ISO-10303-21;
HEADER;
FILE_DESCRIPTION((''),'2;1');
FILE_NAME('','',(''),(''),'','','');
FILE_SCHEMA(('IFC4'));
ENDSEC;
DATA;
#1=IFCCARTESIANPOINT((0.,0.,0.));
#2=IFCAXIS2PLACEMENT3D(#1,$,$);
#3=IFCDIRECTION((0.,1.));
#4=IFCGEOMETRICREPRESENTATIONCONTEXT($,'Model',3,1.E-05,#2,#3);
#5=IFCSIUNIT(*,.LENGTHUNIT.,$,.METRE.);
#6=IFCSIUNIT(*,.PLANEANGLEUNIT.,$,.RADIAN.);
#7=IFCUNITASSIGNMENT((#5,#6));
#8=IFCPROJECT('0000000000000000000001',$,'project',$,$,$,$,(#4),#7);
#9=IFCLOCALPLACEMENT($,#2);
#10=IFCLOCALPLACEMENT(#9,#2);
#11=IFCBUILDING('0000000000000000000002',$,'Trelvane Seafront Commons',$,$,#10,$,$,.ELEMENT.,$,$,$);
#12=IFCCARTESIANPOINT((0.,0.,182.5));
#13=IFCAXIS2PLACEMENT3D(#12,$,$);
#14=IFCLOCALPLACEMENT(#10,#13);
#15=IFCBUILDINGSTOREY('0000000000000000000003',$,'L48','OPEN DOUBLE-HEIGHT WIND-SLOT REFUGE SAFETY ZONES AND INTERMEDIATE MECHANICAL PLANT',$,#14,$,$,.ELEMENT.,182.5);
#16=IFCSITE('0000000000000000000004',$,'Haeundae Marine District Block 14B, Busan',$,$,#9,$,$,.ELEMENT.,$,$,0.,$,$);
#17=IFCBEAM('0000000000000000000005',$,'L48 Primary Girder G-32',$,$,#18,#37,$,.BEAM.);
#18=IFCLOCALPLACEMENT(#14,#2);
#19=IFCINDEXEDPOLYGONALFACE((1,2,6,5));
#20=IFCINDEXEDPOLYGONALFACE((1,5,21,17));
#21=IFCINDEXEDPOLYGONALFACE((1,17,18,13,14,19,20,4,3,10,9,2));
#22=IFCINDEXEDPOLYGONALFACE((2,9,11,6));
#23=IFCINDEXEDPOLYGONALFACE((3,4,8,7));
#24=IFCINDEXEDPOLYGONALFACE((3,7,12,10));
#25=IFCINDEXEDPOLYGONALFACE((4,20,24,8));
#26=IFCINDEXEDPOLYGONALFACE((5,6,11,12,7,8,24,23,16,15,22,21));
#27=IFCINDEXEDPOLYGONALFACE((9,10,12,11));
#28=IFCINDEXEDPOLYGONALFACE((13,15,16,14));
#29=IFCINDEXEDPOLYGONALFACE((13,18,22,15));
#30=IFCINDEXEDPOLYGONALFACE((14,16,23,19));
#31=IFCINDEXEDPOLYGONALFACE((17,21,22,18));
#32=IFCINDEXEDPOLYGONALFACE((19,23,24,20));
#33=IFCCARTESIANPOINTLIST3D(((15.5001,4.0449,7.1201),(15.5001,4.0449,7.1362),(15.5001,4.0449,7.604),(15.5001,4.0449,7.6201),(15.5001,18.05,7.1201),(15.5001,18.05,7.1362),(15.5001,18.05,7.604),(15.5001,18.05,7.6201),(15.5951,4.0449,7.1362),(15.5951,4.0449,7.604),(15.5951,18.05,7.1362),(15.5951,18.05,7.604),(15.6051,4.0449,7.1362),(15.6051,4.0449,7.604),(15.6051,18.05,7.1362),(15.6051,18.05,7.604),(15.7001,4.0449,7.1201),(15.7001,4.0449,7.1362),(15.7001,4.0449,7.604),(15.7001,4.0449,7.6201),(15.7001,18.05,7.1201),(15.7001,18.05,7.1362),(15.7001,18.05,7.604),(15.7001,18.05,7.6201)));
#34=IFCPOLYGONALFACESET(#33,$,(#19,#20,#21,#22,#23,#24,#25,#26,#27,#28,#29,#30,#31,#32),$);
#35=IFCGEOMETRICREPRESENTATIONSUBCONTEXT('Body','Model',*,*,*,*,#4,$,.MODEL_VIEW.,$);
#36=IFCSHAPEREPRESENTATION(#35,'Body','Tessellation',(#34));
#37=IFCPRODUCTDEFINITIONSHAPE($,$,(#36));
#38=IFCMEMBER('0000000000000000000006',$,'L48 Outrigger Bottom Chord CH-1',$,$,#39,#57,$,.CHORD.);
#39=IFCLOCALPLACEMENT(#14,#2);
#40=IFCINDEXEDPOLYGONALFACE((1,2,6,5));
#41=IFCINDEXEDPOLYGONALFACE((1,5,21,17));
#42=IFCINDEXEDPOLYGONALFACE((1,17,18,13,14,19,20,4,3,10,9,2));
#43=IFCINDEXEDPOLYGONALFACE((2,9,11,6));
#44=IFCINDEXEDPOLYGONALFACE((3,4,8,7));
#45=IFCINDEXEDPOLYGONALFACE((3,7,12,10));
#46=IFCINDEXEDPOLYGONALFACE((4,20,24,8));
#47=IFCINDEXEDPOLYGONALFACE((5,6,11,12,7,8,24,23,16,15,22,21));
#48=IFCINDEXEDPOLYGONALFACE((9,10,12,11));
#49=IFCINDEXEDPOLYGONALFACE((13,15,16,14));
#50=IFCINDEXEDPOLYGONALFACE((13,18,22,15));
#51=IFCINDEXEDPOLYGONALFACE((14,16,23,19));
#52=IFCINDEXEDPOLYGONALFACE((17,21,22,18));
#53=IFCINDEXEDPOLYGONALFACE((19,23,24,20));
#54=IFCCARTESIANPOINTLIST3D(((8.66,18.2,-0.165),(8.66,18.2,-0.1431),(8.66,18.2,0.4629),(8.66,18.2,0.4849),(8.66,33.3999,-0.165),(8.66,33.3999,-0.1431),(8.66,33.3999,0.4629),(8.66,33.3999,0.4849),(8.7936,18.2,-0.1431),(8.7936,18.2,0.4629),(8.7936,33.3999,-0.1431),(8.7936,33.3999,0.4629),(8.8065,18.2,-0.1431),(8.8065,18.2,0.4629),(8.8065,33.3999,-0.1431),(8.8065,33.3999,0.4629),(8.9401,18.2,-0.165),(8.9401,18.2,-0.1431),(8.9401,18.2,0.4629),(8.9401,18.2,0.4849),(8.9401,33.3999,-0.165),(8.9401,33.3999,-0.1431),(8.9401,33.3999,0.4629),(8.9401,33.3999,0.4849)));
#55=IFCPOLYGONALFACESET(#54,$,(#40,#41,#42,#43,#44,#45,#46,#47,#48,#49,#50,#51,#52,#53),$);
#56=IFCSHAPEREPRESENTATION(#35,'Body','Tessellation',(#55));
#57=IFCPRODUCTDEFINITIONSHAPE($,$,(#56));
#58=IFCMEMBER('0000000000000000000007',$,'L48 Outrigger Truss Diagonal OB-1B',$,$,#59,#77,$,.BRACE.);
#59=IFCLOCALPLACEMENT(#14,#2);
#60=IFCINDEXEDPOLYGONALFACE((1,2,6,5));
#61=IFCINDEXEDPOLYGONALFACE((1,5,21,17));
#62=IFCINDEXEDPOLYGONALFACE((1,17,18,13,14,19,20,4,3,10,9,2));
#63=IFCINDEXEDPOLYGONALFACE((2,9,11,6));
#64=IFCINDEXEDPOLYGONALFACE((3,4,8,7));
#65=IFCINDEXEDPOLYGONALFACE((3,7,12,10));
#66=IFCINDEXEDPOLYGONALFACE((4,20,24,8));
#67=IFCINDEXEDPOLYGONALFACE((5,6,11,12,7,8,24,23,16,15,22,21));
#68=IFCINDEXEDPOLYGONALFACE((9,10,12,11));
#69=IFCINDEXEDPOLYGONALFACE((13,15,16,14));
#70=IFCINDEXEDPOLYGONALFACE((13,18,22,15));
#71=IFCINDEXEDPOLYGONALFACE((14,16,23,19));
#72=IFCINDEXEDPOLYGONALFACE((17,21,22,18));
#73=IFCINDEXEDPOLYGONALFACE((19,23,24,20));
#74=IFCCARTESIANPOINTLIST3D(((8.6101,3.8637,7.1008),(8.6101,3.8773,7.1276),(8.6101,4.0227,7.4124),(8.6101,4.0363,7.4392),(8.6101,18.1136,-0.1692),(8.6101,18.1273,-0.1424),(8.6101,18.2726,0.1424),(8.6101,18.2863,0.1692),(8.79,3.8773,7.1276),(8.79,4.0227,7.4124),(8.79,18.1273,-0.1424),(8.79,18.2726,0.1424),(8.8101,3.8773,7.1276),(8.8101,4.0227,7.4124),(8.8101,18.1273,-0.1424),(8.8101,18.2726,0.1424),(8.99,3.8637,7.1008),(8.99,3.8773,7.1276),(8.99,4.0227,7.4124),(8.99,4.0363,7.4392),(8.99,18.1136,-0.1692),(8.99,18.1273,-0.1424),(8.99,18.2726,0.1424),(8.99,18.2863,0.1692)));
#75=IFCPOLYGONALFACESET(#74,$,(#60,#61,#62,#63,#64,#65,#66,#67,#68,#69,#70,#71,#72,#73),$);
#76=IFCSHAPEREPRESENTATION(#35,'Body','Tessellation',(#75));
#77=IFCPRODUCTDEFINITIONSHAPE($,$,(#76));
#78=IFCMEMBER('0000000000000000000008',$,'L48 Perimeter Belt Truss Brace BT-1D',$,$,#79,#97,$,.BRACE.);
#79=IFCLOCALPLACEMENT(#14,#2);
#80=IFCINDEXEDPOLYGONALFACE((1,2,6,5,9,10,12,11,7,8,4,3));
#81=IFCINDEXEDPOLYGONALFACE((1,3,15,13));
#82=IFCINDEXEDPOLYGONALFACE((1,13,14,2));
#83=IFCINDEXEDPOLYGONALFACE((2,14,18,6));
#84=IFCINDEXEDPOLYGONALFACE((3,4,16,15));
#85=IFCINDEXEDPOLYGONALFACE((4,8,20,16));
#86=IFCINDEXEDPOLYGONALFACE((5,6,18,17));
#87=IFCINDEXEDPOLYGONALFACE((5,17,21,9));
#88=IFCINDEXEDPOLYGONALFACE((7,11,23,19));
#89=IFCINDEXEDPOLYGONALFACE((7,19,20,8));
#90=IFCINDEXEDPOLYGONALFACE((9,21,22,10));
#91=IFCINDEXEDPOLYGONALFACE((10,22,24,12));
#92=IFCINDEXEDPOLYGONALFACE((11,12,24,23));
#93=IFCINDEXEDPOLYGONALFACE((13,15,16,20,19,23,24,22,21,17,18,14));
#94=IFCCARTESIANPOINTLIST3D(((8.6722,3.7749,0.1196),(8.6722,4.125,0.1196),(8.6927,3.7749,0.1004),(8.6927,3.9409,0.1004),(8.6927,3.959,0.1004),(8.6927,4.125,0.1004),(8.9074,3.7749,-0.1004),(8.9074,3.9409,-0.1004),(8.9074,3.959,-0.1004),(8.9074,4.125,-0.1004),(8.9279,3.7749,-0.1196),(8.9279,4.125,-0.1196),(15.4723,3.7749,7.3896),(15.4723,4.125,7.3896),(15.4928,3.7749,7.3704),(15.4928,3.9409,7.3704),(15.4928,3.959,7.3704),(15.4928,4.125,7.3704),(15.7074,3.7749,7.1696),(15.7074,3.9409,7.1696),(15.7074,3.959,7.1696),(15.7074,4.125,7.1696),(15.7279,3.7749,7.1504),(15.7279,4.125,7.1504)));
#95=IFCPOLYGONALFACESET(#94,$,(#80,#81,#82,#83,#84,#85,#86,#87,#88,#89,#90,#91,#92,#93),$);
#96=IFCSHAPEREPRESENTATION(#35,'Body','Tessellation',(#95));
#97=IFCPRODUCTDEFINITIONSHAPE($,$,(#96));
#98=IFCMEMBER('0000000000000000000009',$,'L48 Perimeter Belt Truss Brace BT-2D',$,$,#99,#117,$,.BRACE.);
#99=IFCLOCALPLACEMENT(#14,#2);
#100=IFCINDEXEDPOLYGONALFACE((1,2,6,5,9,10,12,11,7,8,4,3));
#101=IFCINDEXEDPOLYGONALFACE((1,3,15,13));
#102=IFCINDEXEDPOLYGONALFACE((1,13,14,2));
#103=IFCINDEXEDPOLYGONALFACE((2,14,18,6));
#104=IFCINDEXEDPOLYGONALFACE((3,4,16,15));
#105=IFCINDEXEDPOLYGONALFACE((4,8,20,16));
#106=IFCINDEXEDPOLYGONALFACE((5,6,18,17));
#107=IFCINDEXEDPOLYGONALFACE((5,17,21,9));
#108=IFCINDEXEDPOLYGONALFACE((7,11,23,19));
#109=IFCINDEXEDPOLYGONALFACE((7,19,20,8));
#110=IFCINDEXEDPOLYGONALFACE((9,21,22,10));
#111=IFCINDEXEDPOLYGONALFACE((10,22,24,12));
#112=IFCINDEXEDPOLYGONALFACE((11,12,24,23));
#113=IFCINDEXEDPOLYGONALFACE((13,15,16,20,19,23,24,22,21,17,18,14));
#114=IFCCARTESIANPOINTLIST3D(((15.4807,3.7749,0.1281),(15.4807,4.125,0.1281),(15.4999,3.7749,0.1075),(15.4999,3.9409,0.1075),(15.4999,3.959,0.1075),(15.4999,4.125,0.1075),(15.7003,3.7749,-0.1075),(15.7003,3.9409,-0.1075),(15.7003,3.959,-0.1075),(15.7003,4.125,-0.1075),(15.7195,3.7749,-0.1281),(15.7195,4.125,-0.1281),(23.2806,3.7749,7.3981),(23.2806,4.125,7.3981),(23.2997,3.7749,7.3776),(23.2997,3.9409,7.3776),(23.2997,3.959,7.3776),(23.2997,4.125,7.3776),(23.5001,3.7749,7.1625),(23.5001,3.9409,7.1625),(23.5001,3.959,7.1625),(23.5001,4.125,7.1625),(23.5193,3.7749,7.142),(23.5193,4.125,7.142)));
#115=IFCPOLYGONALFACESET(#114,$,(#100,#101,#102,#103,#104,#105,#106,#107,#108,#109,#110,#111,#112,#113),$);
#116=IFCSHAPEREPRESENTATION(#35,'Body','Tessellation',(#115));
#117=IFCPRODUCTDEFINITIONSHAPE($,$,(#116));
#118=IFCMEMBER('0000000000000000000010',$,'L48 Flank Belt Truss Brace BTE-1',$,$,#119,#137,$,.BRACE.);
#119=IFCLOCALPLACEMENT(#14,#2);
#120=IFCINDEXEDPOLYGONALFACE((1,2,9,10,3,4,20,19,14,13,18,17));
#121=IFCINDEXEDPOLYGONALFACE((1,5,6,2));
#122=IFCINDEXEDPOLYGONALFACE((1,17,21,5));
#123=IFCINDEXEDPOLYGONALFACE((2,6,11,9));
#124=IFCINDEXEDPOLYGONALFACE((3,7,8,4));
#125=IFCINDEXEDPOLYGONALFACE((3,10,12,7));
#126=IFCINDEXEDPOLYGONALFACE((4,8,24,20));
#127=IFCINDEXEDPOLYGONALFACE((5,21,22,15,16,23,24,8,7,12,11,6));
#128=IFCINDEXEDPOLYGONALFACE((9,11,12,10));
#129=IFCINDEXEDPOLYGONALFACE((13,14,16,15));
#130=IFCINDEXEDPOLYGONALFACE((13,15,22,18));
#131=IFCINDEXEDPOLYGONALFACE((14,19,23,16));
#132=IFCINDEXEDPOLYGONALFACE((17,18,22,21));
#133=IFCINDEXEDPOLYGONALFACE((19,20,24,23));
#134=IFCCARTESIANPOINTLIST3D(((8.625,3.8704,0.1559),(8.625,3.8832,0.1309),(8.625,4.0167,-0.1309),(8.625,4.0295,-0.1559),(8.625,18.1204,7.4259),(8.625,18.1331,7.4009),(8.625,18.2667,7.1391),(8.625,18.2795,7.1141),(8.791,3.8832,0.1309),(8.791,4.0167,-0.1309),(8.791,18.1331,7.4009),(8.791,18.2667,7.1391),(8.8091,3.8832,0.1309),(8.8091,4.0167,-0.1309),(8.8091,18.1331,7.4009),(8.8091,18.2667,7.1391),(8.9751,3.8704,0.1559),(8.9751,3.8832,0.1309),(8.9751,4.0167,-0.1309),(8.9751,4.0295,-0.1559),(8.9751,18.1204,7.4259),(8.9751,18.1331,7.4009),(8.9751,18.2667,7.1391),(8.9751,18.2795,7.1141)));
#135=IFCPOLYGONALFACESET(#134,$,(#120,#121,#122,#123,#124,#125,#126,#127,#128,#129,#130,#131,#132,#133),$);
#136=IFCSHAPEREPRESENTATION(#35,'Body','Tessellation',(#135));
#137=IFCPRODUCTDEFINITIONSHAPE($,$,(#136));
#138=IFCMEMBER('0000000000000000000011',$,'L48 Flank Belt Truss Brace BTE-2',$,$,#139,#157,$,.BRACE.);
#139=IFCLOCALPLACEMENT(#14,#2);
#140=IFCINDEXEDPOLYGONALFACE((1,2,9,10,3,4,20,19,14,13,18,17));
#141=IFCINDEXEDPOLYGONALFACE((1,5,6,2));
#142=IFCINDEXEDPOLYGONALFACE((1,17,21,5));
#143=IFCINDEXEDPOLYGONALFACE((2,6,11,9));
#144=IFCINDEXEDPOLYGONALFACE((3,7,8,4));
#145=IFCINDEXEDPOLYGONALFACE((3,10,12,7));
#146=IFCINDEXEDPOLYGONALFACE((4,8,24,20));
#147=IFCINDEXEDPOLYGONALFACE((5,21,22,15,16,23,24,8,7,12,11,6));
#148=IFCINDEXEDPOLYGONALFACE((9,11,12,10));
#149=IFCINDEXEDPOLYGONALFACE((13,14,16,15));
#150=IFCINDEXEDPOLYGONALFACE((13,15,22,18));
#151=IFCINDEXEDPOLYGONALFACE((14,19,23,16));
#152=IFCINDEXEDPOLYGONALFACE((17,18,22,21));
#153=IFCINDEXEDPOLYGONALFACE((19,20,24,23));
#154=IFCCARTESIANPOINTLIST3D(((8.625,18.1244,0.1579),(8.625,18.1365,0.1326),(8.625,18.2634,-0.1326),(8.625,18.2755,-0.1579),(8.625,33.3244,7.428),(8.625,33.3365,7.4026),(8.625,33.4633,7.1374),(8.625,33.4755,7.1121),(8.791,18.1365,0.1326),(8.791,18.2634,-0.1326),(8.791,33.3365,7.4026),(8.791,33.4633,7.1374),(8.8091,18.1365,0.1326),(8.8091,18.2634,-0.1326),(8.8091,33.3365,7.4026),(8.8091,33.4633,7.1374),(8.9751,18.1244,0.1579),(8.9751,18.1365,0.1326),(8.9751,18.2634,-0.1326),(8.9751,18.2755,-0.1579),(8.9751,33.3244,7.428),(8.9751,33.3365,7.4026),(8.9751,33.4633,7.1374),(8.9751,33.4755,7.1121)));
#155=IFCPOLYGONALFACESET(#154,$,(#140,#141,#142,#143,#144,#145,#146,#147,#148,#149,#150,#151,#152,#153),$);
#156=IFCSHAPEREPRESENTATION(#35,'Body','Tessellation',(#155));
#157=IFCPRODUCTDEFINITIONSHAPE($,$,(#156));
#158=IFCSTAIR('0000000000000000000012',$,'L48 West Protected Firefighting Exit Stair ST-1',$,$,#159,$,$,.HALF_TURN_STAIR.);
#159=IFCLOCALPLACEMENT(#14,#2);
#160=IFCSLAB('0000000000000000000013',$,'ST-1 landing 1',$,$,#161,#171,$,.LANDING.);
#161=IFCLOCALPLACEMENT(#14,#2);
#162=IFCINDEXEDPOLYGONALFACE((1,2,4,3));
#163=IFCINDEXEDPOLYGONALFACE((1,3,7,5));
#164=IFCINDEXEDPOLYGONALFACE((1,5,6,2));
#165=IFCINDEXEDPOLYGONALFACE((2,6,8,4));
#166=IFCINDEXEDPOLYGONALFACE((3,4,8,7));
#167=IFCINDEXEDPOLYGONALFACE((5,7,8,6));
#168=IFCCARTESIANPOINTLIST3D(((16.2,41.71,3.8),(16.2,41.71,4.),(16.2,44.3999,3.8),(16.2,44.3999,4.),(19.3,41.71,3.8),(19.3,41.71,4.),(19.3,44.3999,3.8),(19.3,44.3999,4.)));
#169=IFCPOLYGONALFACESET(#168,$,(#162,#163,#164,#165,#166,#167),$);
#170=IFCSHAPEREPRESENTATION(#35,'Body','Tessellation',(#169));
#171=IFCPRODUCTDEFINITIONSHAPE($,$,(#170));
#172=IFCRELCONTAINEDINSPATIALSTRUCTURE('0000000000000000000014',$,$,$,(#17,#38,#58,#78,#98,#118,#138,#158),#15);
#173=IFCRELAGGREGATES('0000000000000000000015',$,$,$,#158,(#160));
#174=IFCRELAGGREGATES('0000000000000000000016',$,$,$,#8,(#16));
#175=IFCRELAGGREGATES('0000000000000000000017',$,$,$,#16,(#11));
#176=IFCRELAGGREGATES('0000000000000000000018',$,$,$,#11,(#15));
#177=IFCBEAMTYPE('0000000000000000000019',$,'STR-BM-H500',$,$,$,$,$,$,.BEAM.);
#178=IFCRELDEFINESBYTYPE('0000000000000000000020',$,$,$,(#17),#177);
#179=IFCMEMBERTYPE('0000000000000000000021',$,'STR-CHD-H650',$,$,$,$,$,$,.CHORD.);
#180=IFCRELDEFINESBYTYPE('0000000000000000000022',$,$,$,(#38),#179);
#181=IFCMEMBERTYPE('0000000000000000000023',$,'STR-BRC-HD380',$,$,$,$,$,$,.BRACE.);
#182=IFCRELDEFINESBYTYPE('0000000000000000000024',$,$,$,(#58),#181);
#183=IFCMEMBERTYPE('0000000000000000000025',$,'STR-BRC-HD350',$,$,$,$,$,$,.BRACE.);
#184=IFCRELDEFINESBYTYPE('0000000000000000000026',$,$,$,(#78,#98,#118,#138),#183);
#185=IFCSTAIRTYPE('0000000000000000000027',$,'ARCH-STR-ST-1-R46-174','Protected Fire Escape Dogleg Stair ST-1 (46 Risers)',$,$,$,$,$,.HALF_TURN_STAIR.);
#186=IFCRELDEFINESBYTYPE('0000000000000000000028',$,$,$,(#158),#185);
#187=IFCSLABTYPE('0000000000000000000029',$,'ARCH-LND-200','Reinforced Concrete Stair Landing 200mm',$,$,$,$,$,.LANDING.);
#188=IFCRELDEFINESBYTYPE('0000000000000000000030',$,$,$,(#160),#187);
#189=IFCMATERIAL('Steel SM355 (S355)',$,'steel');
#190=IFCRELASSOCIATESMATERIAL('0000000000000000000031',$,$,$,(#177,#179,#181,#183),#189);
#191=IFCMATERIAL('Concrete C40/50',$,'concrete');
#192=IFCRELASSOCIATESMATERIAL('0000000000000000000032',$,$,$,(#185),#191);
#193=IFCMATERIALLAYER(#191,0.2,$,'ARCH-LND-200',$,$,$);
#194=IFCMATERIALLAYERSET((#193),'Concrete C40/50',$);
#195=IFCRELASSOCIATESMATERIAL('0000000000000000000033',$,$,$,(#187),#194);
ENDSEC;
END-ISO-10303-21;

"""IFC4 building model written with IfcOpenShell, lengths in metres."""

from ifc_helpers import new_model, si_unit, direction, frame, origin, origin_2d, place, context, subcontext, project, spatial, polyline, i_section, outline, extrude, source, transform, mapped, material, layer, layer_set, material_profile, profile_set, type_object, element, aggregate, save


model = new_model("IFC4")

# Units and contexts
model_context = context("Model", 3, precision=1e-05, world=origin(), true_north=direction((0.0, 1.0)))
body_context = subcontext(model_context, "Body", "Model", "MODEL_VIEW")
ifc_project = project(units=[si_unit("LENGTHUNIT", "METRE"), si_unit("PLANEANGLEUNIT", "RADIAN")], contexts=[model_context])

# Site, building, storey
site_placement = place(None, origin())
site = spatial("IfcSite", under=ifc_project, at=site_placement, Name="Haeundae Marine District Block 14B, Busan", CompositionType="ELEMENT", RefElevation=0.0)
building_placement = place(site_placement, origin())
building = spatial("IfcBuilding", under=site, at=building_placement, Name="Trelvane Seafront Commons", CompositionType="ELEMENT")
storey_placement = place(building_placement, frame((0.0, 0.0, 182.5)))
storey = spatial("IfcBuildingStorey", under=building, at=storey_placement, Name="L48", Description="OPEN DOUBLE-HEIGHT WIND-SLOT REFUGE SAFETY ZONES AND INTERMEDIATE MECHANICAL PLANT", CompositionType="ELEMENT", Elevation=182.5)

# Shared definitions
ifc_material_1 = material(Name="Steel SM355 (S355)", Category="steel")

# Beam
ifc_material_profile_1 = material_profile(ifc_material_1, i_section(OverallWidth=0.2, OverallDepth=0.5, WebThickness=0.01, FlangeThickness=0.0161, at=origin_2d()), Name="H-500x200x10x16")
ifc_profile_set_1 = profile_set([ifc_material_profile_1], Name="Steel SM355 (S355)")
beam_type_1 = type_object("IfcBeamType", Name="STR-BM-H500", PredefinedType="BEAM", material=ifc_profile_set_1)
shared_shape_1 = source(origin(), body_context, "Body", "SweptSolid", [
    extrude(i_section(OverallWidth=0.2, OverallDepth=0.5, WebThickness=0.01, FlangeThickness=0.0161, at=origin_2d()), origin(), (0.0, 0.0, 1.0), 14.0051),
])
beam_1_placement = place(storey_placement, frame((15.6001, 4.0449, 7.3701), z_axis=(0.0, 1.0, 0.0), x_axis=(-1.0, 0.0, 0.0)))
element("IfcBeam", 1, at=beam_1_placement, inside=storey, type_object=beam_type_1, Name="L48 Primary Girder G-32", PredefinedType="BEAM", context=body_context, shape_type="MappedRepresentation", body=[
    mapped(shared_shape_1, transform((0.0, 0.0, 0.0), x_axis=(1.0, 0.0, 0.0), y_axis=(0.0, 1.0, 0.0), z_axis=(0.0, 0.0, 1.0), scale=1.0)),
])

# Members
ifc_material_profile_2 = material_profile(ifc_material_1, i_section(OverallWidth=0.28, OverallDepth=0.6499, WebThickness=0.0129, FlangeThickness=0.022, at=origin_2d()), Name="H-650x280x13x22")
ifc_profile_set_2 = profile_set([ifc_material_profile_2], Name="Steel SM355 (S355)")
member_type_1 = type_object("IfcMemberType", Name="STR-CHD-H650", PredefinedType="CHORD", material=ifc_profile_set_2)
shared_shape_2 = source(origin(), body_context, "Body", "SweptSolid", [
    extrude(i_section(OverallWidth=0.28, OverallDepth=0.6499, WebThickness=0.0129, FlangeThickness=0.022, at=origin_2d()), origin(), (0.0, 0.0, 1.0), 15.2),
])
member_1_placement = place(storey_placement, frame((8.8, 18.2, 0.1599), z_axis=(0.0, 1.0, 0.0), x_axis=(-1.0, 0.0, 0.0)))
element("IfcMember", 2, at=member_1_placement, inside=storey, type_object=member_type_1, Name="L48 Outrigger Bottom Chord CH-1", PredefinedType="CHORD", context=body_context, shape_type="MappedRepresentation", body=[
    mapped(shared_shape_2, transform((0.0, 0.0, 0.0), x_axis=(1.0, 0.0, 0.0), y_axis=(0.0, 1.0, 0.0), z_axis=(0.0, 0.0, 1.0), scale=1.0)),
])
ifc_material_profile_3 = material_profile(ifc_material_1, i_section(OverallWidth=0.3799, OverallDepth=0.3799, WebThickness=0.02, FlangeThickness=0.03, at=origin_2d()), Name="HD-380x380x20x30")
ifc_profile_set_3 = profile_set([ifc_material_profile_3], Name="Steel SM355 (S355)")
member_type_2 = type_object("IfcMemberType", Name="STR-BRC-HD380", PredefinedType="BRACE", material=ifc_profile_set_3)
shared_shape_3 = source(origin(), body_context, "Body", "SweptSolid", [
    extrude(i_section(OverallWidth=0.3799, OverallDepth=0.3799, WebThickness=0.02, FlangeThickness=0.03, at=origin_2d()), origin(), (0.0, 0.0, 1.0), 15.9973),
])
member_2_placement = place(storey_placement, frame((8.8, 18.2, 0.0), z_axis=(0.0, -0.890772, 0.454451), x_axis=(1.0, 0.0, 0.0)))
element("IfcMember", 3, at=member_2_placement, inside=storey, type_object=member_type_2, Name="L48 Outrigger Truss Diagonal OB-1B", PredefinedType="BRACE", context=body_context, shape_type="MappedRepresentation", body=[
    mapped(shared_shape_3, transform((0.0, 0.0, 0.0), x_axis=(1.0, 0.0, 0.0), y_axis=(0.0, 1.0, 0.0), z_axis=(0.0, 0.0, 1.0), scale=1.0)),
])
ifc_material_profile_4 = material_profile(ifc_material_1, i_section(OverallWidth=0.3501, OverallDepth=0.3501, WebThickness=0.0181, FlangeThickness=0.0281, at=origin_2d()), Name="HD-350x350x18x28")
ifc_profile_set_4 = profile_set([ifc_material_profile_4], Name="Steel SM355 (S355)")
member_type_3 = type_object("IfcMemberType", Name="STR-BRC-HD350", PredefinedType="BRACE", material=ifc_profile_set_4)
shared_shape_4 = source(origin(), body_context, "Body", "SweptSolid", [
    extrude(i_section(OverallWidth=0.3501, OverallDepth=0.3501, WebThickness=0.0181, FlangeThickness=0.0281, at=origin_2d()), origin(), (0.0, 0.0, 1.0), 9.9546),
])
member_3_placement = place(storey_placement, frame((8.8, 3.95, 0.0), z_axis=(0.683107, 0.0, 0.730318), x_axis=(0.0, 1.0, 0.0)))
element("IfcMember", 4, at=member_3_placement, inside=storey, type_object=member_type_3, Name="L48 Perimeter Belt Truss Brace BT-1D", PredefinedType="BRACE", context=body_context, shape_type="MappedRepresentation", body=[
    mapped(shared_shape_4, transform((0.0, 0.0, 0.0), x_axis=(1.0, 0.0, 0.0), y_axis=(0.0, 1.0, 0.0), z_axis=(0.0, 0.0, 1.0), scale=1.0)),
])
shared_shape_5 = source(origin(), body_context, "Body", "SweptSolid", [
    extrude(i_section(OverallWidth=0.3501, OverallDepth=0.3501, WebThickness=0.0181, FlangeThickness=0.0281, at=origin_2d()), origin(), (0.0, 0.0, 1.0), 10.6626),
])
member_4_placement = place(storey_placement, frame((15.6001, 3.95, 0.0), z_axis=(0.731513, 0.0, 0.681827), x_axis=(0.0, 1.0, 0.0)))
element("IfcMember", 5, at=member_4_placement, inside=storey, type_object=member_type_3, Name="L48 Perimeter Belt Truss Brace BT-2D", PredefinedType="BRACE", context=body_context, shape_type="MappedRepresentation", body=[
    mapped(shared_shape_5, transform((0.0, 0.0, 0.0), x_axis=(1.0, 0.0, 0.0), y_axis=(0.0, 1.0, 0.0), z_axis=(0.0, 0.0, 1.0), scale=1.0)),
])
shared_shape_6 = source(origin(), body_context, "Body", "SweptSolid", [
    extrude(i_section(OverallWidth=0.3501, OverallDepth=0.3501, WebThickness=0.0181, FlangeThickness=0.0281, at=origin_2d()), origin(), (0.0, 0.0, 1.0), 15.9973),
])
member_5_placement = place(storey_placement, frame((8.8, 3.95, 0.0), z_axis=(0.0, 0.890772, 0.454451), x_axis=(-1.0, 0.0, 0.0)))
element("IfcMember", 6, at=member_5_placement, inside=storey, type_object=member_type_3, Name="L48 Flank Belt Truss Brace BTE-1", PredefinedType="BRACE", context=body_context, shape_type="MappedRepresentation", body=[
    mapped(shared_shape_6, transform((0.0, 0.0, 0.0), x_axis=(1.0, 0.0, 0.0), y_axis=(0.0, 1.0, 0.0), z_axis=(0.0, 0.0, 1.0), scale=1.0)),
])
shared_shape_7 = source(origin(), body_context, "Body", "SweptSolid", [
    extrude(i_section(OverallWidth=0.3501, OverallDepth=0.3501, WebThickness=0.0181, FlangeThickness=0.0281, at=origin_2d()), origin(), (0.0, 0.0, 1.0), 16.8491),
])
member_6_placement = place(storey_placement, frame((8.8, 18.2, 0.0), z_axis=(0.0, 0.902123, 0.431479), x_axis=(-1.0, 0.0, 0.0)))
element("IfcMember", 7, at=member_6_placement, inside=storey, type_object=member_type_3, Name="L48 Flank Belt Truss Brace BTE-2", PredefinedType="BRACE", context=body_context, shape_type="MappedRepresentation", body=[
    mapped(shared_shape_7, transform((0.0, 0.0, 0.0), x_axis=(1.0, 0.0, 0.0), y_axis=(0.0, 1.0, 0.0), z_axis=(0.0, 0.0, 1.0), scale=1.0)),
])

# Stair, slab
ifc_material_2 = material(Name="Concrete C40/50", Category="concrete")
stair_type_1 = type_object("IfcStairType", Name="ARCH-STR-ST-1-R46-174", Description="Protected Fire Escape Dogleg Stair ST-1 (46 Risers)", PredefinedType="HALF_TURN_STAIR", material=ifc_material_2)
stair_1_placement = place(storey_placement, origin())
stair_1 = element("IfcStair", 8, at=stair_1_placement, inside=storey, type_object=stair_type_1, Name="L48 West Protected Firefighting Exit Stair ST-1", PredefinedType="HALF_TURN_STAIR")
ifc_layer_1 = layer(ifc_material_2, 0.2, Name="ARCH-LND-200")
ifc_layer_set_1 = layer_set([ifc_layer_1], Name="Concrete C40/50")
slab_type_1 = type_object("IfcSlabType", Name="ARCH-LND-200", Description="Reinforced Concrete Stair Landing 200mm", PredefinedType="LANDING", material=ifc_layer_set_1)
slab_1_placement = place(storey_placement, frame((0.0, 0.0, 3.8)))
slab_1 = element("IfcSlab", 9, at=slab_1_placement, type_object=slab_type_1, Name="ST-1 landing 1", PredefinedType="LANDING", context=body_context, shape_type="SweptSolid", body=[
    extrude(outline(polyline([(19.3, 41.71), (19.3, 44.3999), (16.2, 44.3999), (16.2, 41.71), (19.3, 41.71)])), origin(), (0.0, 0.0, 1.0), 0.2),
])
aggregate(stair_1, [slab_1])

save(model, "model.ifc")
